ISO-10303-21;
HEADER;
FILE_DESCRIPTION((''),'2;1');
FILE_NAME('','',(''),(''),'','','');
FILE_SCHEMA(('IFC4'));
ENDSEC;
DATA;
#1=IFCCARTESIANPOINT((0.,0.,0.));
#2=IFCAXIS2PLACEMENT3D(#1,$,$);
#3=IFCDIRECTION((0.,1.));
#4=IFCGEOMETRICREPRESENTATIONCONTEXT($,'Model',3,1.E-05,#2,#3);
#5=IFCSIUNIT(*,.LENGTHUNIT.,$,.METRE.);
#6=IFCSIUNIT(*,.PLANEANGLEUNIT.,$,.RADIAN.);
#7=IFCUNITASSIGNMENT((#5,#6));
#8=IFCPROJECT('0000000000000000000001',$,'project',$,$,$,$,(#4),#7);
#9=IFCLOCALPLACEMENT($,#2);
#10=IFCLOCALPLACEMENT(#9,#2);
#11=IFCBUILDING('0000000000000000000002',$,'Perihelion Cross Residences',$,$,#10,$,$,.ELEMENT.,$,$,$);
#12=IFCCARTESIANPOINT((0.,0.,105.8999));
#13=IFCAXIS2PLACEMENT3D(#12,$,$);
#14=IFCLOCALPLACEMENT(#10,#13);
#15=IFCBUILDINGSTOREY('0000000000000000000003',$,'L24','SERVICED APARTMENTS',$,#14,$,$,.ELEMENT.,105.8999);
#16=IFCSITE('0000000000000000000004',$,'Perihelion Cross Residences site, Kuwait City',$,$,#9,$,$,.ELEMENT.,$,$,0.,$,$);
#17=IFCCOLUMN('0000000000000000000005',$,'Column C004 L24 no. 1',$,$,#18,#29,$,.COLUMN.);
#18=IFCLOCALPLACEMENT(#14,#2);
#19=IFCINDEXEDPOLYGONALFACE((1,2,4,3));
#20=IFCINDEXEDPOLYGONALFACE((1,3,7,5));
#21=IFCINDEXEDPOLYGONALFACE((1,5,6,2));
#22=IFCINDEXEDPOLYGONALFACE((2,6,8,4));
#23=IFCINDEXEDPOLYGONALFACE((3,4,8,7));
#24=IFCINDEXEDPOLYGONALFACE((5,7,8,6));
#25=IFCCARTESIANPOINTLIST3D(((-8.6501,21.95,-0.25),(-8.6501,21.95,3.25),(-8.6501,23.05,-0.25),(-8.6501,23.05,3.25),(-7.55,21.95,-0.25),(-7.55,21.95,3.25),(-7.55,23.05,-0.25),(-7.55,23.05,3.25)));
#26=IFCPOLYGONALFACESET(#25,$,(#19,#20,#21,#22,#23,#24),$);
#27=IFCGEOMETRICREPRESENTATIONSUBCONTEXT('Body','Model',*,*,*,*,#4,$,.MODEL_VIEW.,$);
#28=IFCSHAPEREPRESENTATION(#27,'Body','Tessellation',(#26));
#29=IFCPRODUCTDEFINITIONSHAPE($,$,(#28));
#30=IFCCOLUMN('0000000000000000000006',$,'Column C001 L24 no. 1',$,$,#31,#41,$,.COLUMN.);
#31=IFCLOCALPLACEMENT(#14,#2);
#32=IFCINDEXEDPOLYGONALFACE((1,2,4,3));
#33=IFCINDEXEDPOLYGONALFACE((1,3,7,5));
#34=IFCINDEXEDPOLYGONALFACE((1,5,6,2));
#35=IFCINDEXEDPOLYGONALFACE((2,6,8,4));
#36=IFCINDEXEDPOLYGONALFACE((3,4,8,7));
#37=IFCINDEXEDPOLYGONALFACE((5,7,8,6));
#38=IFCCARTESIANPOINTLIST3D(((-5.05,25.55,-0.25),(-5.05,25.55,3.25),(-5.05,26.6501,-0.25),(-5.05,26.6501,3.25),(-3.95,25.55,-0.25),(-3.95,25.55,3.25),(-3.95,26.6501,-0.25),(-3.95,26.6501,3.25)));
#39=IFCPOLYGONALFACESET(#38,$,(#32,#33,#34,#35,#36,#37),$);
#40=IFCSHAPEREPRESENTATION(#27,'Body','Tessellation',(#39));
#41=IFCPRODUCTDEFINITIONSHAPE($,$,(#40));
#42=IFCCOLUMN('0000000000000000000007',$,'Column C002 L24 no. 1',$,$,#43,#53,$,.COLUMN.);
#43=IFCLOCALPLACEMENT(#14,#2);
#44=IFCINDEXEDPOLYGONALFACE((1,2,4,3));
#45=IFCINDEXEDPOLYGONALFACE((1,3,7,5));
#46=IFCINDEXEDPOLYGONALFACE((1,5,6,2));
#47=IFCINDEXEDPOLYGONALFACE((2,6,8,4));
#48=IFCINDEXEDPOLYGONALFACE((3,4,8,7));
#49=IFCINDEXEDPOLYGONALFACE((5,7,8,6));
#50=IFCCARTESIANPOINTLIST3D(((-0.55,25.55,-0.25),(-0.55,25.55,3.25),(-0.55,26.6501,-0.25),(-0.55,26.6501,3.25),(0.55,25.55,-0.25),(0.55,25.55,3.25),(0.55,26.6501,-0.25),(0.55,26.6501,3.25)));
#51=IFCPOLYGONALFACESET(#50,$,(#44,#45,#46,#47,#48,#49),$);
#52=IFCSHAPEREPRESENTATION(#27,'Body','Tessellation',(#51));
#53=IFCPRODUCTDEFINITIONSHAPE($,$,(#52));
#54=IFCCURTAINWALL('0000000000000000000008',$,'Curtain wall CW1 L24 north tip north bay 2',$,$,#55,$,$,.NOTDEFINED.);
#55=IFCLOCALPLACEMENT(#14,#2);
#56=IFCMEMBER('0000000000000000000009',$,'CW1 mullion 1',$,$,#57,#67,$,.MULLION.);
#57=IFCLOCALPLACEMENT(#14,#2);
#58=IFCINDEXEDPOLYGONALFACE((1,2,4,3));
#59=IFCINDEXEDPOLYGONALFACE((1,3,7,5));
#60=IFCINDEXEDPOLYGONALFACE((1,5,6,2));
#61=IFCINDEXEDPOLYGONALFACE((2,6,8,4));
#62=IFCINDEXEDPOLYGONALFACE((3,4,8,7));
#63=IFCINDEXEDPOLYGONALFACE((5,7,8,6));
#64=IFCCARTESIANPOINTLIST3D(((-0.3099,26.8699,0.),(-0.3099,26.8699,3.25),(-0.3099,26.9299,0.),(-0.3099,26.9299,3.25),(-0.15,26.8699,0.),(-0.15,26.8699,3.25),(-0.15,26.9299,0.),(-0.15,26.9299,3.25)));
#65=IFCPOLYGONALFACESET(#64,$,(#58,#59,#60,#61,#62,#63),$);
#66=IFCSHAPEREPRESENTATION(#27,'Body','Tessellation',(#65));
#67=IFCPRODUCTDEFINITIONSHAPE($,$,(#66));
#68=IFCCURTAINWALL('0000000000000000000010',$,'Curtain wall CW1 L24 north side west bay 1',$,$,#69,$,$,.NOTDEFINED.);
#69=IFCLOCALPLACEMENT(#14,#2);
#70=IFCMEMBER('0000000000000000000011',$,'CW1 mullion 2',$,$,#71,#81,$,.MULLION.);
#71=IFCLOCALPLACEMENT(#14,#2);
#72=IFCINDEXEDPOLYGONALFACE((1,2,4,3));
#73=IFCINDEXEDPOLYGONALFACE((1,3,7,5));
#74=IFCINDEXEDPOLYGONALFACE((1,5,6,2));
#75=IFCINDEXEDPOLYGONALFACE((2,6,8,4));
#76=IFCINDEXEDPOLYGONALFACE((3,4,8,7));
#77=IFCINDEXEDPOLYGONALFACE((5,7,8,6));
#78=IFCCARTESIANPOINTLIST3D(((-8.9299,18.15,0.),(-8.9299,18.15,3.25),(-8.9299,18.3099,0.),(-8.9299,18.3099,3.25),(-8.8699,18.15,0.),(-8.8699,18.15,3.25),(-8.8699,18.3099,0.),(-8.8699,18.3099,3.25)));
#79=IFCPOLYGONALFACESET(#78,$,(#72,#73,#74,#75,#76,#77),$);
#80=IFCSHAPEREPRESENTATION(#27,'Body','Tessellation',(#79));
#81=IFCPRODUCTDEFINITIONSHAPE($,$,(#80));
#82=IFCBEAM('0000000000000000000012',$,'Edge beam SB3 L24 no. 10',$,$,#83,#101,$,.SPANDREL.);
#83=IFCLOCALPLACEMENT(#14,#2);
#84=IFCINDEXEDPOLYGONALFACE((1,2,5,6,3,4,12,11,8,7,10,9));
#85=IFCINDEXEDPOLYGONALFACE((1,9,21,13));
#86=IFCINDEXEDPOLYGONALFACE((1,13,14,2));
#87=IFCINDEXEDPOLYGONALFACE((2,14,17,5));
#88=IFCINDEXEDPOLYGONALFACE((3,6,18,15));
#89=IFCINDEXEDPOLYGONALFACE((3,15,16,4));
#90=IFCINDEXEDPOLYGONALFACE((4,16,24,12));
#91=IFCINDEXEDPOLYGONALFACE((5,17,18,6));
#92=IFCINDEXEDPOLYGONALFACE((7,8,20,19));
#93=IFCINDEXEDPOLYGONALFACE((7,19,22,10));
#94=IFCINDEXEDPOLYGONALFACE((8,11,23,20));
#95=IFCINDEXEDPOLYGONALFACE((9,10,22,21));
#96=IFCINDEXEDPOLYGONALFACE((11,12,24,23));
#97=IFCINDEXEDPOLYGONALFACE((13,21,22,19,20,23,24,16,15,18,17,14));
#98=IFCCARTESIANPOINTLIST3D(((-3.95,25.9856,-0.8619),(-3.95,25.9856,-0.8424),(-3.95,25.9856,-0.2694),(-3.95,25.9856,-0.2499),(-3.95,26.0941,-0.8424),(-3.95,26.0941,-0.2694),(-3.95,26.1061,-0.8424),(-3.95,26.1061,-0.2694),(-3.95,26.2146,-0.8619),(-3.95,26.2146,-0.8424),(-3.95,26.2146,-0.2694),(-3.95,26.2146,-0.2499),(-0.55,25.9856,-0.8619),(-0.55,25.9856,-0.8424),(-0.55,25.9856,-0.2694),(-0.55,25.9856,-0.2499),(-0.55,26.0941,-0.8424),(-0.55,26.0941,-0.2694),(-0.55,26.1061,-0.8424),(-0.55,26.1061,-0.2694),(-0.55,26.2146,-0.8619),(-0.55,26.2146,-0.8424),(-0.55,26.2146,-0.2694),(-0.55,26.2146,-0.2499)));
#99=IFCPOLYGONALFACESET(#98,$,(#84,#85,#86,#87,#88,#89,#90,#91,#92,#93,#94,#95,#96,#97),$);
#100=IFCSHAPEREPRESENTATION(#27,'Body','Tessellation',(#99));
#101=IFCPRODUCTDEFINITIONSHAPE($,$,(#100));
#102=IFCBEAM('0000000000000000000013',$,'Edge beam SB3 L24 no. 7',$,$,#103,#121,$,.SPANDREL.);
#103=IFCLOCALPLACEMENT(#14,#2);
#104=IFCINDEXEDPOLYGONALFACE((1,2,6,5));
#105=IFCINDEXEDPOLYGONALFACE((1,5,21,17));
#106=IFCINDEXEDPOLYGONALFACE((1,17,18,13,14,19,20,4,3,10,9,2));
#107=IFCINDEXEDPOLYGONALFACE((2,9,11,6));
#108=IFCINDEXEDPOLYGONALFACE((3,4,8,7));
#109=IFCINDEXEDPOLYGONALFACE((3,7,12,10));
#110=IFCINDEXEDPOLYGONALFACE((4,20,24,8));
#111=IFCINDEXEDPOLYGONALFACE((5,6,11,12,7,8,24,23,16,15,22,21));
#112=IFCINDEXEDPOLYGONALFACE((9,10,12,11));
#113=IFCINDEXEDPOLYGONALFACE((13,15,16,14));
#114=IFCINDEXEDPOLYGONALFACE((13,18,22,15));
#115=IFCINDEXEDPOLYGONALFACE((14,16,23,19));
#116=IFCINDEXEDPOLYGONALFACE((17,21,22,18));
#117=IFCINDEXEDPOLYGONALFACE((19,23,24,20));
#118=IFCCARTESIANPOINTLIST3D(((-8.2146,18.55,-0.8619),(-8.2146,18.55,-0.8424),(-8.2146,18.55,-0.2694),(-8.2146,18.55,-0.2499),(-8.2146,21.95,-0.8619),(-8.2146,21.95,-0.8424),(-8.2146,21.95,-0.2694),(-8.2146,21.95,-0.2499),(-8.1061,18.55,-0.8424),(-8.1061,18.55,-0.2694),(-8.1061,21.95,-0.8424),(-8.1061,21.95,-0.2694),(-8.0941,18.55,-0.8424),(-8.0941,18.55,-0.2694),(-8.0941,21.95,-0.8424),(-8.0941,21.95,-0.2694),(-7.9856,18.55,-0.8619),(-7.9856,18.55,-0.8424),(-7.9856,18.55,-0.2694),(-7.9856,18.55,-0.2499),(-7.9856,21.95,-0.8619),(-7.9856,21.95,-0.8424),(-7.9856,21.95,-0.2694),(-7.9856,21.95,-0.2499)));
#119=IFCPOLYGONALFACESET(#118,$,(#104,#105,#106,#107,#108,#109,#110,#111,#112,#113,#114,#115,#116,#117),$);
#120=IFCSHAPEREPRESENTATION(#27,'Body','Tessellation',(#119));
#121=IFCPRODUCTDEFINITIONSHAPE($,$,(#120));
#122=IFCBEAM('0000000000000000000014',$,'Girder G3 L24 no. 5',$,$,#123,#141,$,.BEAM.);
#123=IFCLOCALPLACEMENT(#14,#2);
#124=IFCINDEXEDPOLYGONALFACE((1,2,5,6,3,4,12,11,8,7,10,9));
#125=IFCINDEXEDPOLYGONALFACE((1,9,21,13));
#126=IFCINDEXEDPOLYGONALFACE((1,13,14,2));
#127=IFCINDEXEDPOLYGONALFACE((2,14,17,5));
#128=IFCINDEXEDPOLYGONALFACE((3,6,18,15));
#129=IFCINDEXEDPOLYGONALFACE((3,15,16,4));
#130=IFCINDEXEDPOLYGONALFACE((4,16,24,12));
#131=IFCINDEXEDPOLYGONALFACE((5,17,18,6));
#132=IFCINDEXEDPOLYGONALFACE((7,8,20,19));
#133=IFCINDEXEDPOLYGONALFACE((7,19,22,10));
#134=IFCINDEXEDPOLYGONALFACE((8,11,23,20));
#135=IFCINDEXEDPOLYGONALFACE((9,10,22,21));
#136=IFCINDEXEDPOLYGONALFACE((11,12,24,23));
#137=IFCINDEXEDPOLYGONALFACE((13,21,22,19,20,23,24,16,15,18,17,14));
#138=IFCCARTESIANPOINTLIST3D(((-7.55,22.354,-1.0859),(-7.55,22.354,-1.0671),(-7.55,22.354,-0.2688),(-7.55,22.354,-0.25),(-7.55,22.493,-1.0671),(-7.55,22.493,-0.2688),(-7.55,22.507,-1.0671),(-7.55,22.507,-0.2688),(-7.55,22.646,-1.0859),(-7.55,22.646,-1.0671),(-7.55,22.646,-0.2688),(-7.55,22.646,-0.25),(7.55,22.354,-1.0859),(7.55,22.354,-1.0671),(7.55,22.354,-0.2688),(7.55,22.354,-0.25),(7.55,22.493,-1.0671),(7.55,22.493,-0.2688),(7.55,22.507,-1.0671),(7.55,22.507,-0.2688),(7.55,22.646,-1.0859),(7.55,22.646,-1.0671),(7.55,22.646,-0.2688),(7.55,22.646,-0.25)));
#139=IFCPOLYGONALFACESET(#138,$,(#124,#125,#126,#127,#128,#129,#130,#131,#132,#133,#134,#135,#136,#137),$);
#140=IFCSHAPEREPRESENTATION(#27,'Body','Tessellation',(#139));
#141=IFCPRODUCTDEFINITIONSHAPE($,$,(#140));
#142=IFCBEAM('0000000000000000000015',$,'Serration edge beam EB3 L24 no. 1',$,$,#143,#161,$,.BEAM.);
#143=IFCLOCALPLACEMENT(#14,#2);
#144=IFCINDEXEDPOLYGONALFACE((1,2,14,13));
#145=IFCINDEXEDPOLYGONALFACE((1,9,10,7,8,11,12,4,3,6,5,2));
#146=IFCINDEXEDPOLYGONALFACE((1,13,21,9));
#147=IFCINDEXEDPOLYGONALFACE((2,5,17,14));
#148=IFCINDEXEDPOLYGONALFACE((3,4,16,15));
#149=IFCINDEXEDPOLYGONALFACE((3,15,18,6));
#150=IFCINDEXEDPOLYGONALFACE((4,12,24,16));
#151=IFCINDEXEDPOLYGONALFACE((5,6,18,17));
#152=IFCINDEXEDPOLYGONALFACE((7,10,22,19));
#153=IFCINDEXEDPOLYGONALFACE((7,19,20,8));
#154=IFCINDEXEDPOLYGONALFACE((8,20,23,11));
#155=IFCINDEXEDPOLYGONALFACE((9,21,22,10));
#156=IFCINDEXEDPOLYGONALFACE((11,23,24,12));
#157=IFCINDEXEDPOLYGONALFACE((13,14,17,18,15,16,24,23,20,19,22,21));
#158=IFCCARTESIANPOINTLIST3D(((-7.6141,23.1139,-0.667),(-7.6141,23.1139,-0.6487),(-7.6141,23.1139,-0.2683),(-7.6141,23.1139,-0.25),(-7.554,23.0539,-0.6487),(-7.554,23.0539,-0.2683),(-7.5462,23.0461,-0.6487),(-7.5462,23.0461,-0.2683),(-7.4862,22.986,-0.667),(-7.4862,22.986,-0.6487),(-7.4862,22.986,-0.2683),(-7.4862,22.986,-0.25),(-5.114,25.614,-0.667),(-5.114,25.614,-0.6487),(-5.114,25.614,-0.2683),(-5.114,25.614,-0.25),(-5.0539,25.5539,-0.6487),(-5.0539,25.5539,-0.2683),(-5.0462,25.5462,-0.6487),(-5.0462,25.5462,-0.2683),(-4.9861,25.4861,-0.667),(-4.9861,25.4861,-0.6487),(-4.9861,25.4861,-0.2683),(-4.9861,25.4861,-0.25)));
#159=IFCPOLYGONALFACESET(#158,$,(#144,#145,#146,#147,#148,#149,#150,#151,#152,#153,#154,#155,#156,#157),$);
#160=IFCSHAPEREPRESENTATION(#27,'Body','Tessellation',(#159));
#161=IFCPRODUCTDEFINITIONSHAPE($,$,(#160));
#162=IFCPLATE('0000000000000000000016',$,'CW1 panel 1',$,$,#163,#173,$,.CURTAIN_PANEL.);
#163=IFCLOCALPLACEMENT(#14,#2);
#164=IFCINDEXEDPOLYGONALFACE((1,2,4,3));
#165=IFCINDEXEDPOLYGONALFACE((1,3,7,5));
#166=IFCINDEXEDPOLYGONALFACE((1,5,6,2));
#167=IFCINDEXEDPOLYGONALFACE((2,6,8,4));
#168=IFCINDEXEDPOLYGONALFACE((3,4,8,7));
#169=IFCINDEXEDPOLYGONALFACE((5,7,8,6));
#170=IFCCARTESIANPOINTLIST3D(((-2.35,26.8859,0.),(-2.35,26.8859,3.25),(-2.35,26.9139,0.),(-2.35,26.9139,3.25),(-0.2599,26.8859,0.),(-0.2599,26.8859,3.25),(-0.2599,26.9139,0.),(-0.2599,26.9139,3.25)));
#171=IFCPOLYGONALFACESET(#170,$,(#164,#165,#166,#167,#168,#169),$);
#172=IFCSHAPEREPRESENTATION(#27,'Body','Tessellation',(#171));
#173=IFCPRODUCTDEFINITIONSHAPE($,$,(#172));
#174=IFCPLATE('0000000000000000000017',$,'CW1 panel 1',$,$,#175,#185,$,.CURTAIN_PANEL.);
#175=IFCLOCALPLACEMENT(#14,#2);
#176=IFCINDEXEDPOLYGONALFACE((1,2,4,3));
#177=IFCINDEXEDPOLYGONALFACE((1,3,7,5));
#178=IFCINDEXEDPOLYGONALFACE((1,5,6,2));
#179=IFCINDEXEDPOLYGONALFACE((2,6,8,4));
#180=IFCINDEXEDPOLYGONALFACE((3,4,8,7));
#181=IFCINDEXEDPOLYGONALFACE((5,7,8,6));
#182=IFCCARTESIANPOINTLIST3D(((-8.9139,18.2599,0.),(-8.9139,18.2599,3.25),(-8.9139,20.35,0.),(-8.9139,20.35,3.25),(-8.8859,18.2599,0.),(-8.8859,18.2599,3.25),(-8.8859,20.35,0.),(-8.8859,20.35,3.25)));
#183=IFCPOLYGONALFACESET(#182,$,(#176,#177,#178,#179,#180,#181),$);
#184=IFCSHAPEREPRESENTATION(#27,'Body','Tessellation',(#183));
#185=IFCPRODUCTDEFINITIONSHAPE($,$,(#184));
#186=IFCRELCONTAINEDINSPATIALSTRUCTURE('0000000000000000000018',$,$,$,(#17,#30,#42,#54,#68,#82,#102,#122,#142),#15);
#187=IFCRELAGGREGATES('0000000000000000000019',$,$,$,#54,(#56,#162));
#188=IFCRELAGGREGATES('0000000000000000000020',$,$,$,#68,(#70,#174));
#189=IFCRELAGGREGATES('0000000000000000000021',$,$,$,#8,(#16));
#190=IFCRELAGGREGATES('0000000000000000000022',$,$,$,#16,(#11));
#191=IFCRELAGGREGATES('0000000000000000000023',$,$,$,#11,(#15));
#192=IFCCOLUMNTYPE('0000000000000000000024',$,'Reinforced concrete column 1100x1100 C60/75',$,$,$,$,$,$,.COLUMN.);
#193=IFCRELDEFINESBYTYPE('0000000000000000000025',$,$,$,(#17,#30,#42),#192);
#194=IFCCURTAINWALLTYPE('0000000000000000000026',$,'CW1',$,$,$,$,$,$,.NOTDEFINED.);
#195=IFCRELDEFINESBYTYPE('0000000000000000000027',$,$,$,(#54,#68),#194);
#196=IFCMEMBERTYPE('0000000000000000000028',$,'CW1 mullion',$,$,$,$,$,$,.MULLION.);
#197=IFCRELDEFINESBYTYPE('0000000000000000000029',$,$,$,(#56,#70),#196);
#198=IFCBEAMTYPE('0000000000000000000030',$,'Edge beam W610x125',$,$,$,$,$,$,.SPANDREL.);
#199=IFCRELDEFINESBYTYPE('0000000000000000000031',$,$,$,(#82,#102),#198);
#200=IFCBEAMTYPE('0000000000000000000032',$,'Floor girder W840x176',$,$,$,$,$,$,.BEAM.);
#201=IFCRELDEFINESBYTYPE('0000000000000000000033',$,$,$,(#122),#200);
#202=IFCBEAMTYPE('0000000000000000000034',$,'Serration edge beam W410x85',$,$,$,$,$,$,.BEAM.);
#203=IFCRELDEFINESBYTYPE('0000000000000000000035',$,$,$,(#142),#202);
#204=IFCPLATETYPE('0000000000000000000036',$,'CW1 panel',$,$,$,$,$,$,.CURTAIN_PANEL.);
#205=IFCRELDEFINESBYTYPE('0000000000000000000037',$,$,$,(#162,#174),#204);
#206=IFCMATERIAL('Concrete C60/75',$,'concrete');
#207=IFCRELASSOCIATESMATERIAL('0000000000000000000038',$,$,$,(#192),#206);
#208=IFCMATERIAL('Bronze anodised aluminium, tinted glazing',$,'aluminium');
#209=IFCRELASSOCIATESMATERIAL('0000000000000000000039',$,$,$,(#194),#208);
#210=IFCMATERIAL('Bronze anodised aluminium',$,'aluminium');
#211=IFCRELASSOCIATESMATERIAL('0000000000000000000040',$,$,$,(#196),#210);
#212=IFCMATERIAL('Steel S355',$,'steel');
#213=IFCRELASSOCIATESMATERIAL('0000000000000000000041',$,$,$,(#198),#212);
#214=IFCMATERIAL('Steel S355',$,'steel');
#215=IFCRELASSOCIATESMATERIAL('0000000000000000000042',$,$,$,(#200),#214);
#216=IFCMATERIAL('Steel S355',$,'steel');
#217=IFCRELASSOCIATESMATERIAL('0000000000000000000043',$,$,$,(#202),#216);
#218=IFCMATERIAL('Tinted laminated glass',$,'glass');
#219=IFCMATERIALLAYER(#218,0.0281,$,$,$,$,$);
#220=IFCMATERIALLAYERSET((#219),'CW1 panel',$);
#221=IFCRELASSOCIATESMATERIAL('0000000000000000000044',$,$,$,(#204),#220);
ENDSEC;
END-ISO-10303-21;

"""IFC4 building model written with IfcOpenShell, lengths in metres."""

from ifc_helpers import new_model, si_unit, direction, frame, origin, origin_2d, place, context, subcontext, project, spatial, rectangle, i_section, extrude, material, layer, layer_set, material_profile, profile_set, type_object, element, aggregate, save


model = new_model("IFC4")

# Units and contexts
model_context = context("Model", 3, precision=1e-05, world=origin(), true_north=direction((0.0, 1.0)))
body_context = subcontext(model_context, "Body", "Model", "MODEL_VIEW")
ifc_project = project(units=[si_unit("LENGTHUNIT", "METRE"), si_unit("PLANEANGLEUNIT", "RADIAN")], contexts=[model_context])

# Site, building, storey
site_placement = place(None, origin())
site = spatial("IfcSite", under=ifc_project, at=site_placement, Name="Perihelion Cross Residences site, Kuwait City", CompositionType="ELEMENT", RefElevation=0.0)
building_placement = place(site_placement, origin())
building = spatial("IfcBuilding", under=site, at=building_placement, Name="Perihelion Cross Residences", CompositionType="ELEMENT")
storey_placement = place(building_placement, frame((0.0, 0.0, 105.8999)))
storey = spatial("IfcBuildingStorey", under=building, at=storey_placement, Name="L24", Description="SERVICED APARTMENTS", CompositionType="ELEMENT", Elevation=105.8999)

# Columns
ifc_material_1 = material(Name="Concrete C60/75", Category="concrete")
ifc_material_profile_1 = material_profile(ifc_material_1, rectangle(XDim=1.1001, YDim=1.1001, at=origin_2d()), Name="RC 1100x1100")
ifc_profile_set_1 = profile_set([ifc_material_profile_1], Name="Concrete C60/75")
column_type = type_object("IfcColumnType", Name="Reinforced concrete column 1100x1100 C60/75", PredefinedType="COLUMN", material=ifc_profile_set_1)
for number, where, z_axis, x_axis, name in (
    (1, (-8.1001, 22.5, -0.25), (0.0, 0.0, 1.0), (1.0, 0.0, 0.0), "Column C004 L24 no. 1"),
    (2, (-4.5, 26.1001, -0.25), (0.0, 0.0, 1.0), (1.0, 0.0, 0.0), "Column C001 L24 no. 1"),
    (3, (0.0, 26.1001, -0.25), (0.0, 0.0, 1.0), (1.0, 0.0, 0.0), "Column C002 L24 no. 1"),
):
    element("IfcColumn", number, at=place(storey_placement, frame(where, z_axis=z_axis, x_axis=x_axis)), inside=storey, type_object=column_type, Name=name, PredefinedType="COLUMN", context=body_context, shape_type="SweptSolid", body=[
        extrude(rectangle(XDim=1.1001, YDim=1.1001, at=origin_2d()), origin(), (0.0, 0.0, 1.0), 3.5),
    ])

# Curtain walls, members
ifc_material_2 = material(Name="Bronze anodised aluminium, tinted glazing", Category="aluminium")
curtain_wall_type = type_object("IfcCurtainWallType", Name="CW1", PredefinedType="NOTDEFINED", material=ifc_material_2)
curtain_wall_1_placement = place(storey_placement, origin())
curtain_wall_1 = element("IfcCurtainWall", 4, at=curtain_wall_1_placement, inside=storey, type_object=curtain_wall_type, Name="Curtain wall CW1 L24 north tip north bay 2", PredefinedType="NOTDEFINED")
ifc_material_3 = material(Name="Bronze anodised aluminium", Category="aluminium")
ifc_material_profile_2 = material_profile(ifc_material_3, rectangle(XDim=0.0601, YDim=0.1599, at=origin_2d()), Name="CW1 mullion")
ifc_profile_set_2 = profile_set([ifc_material_profile_2], Name="Bronze anodised aluminium")
member_type = type_object("IfcMemberType", Name="CW1 mullion", PredefinedType="MULLION", material=ifc_profile_set_2)
member_1_placement = place(storey_placement, frame((-0.23, 26.8999, 0.0), z_axis=(0.0, 0.0, 1.0), x_axis=(0.0, -1.0, 0.0)))
member_1 = element("IfcMember", 5, at=member_1_placement, type_object=member_type, Name="CW1 mullion 1", PredefinedType="MULLION", context=body_context, shape_type="SweptSolid", body=[
    extrude(rectangle(XDim=0.0601, YDim=0.1599, at=origin_2d()), origin(), (0.0, 0.0, 1.0), 3.25),
])
curtain_wall_2_placement = place(storey_placement, origin())
curtain_wall_2 = element("IfcCurtainWall", 6, at=curtain_wall_2_placement, inside=storey, type_object=curtain_wall_type, Name="Curtain wall CW1 L24 north side west bay 1", PredefinedType="NOTDEFINED")
member_2_placement = place(storey_placement, frame((-8.8999, 18.23, 0.0), z_axis=(0.0, 0.0, 1.0), x_axis=(1.0, 0.0, 0.0)))
member_2 = element("IfcMember", 7, at=member_2_placement, type_object=member_type, Name="CW1 mullion 2", PredefinedType="MULLION", context=body_context, shape_type="SweptSolid", body=[
    extrude(rectangle(XDim=0.0601, YDim=0.1599, at=origin_2d()), origin(), (0.0, 0.0, 1.0), 3.25),
])

# Beams
ifc_material_4 = material(Name="Steel S355", Category="steel")
ifc_material_profile_3 = material_profile(ifc_material_4, i_section(OverallWidth=0.229, OverallDepth=0.6121, WebThickness=0.012, FlangeThickness=0.0195, at=origin_2d()), Name="W610x125")
ifc_profile_set_3 = profile_set([ifc_material_profile_3], Name="Steel S355")
beam_type_1 = type_object("IfcBeamType", Name="Edge beam W610x125", PredefinedType="SPANDREL", material=ifc_profile_set_3)
for number, where, z_axis, x_axis, name in (
    (8, (-0.55, 26.1001, -0.5559), (-1.0, 0.0, 0.0), (0.0, -1.0, 0.0), "Edge beam SB3 L24 no. 10"),
    (9, (-8.1001, 21.95, -0.5559), (0.0, -1.0, 0.0), (1.0, 0.0, 0.0), "Edge beam SB3 L24 no. 7"),
):
    element("IfcBeam", number, at=place(storey_placement, frame(where, z_axis=z_axis, x_axis=x_axis)), inside=storey, type_object=beam_type_1, Name=name, PredefinedType="SPANDREL", context=body_context, shape_type="SweptSolid", body=[
        extrude(i_section(OverallWidth=0.229, OverallDepth=0.6121, WebThickness=0.012, FlangeThickness=0.0195, at=origin_2d()), origin(), (0.0, 0.0, 1.0), 3.3999),
    ])
ifc_material_5 = material(Name="Steel S355", Category="steel")
ifc_material_profile_4 = material_profile(ifc_material_5, i_section(OverallWidth=0.292, OverallDepth=0.8359, WebThickness=0.0139, FlangeThickness=0.0188, at=origin_2d()), Name="W840x176")
ifc_profile_set_4 = profile_set([ifc_material_profile_4], Name="Steel S355")
beam_type_2 = type_object("IfcBeamType", Name="Floor girder W840x176", PredefinedType="BEAM", material=ifc_profile_set_4)
beam_1_placement = place(storey_placement, frame((-7.55, 22.5, -0.668), z_axis=(1.0, 0.0, 0.0), x_axis=(0.0, 1.0, 0.0)))
element("IfcBeam", 10, at=beam_1_placement, inside=storey, type_object=beam_type_2, Name="Girder G3 L24 no. 5", PredefinedType="BEAM", context=body_context, shape_type="SweptSolid", body=[
    extrude(i_section(OverallWidth=0.292, OverallDepth=0.8359, WebThickness=0.0139, FlangeThickness=0.0188, at=origin_2d()), origin(), (0.0, 0.0, 1.0), 15.1001),
])
ifc_material_6 = material(Name="Steel S355", Category="steel")
ifc_material_profile_5 = material_profile(ifc_material_6, i_section(OverallWidth=0.1809, OverallDepth=0.417, WebThickness=0.011, FlangeThickness=0.0183, at=origin_2d()), Name="W410x85")
ifc_profile_set_5 = profile_set([ifc_material_profile_5], Name="Steel S355")
beam_type_3 = type_object("IfcBeamType", Name="Serration edge beam W410x85", PredefinedType="BEAM", material=ifc_profile_set_5)
beam_2_placement = place(storey_placement, frame((-5.05, 25.55, -0.4585), z_axis=(-0.707107, -0.707107, 0.0), x_axis=(0.707107, -0.707107, 0.0)))
element("IfcBeam", 11, at=beam_2_placement, inside=storey, type_object=beam_type_3, Name="Serration edge beam EB3 L24 no. 1", PredefinedType="BEAM", context=body_context, shape_type="SweptSolid", body=[
    extrude(i_section(OverallWidth=0.1809, OverallDepth=0.417, WebThickness=0.011, FlangeThickness=0.0183, at=origin_2d()), origin(), (0.0, 0.0, 1.0), 3.5356),
])

# Plates
ifc_material_7 = material(Name="Tinted laminated glass", Category="glass")
ifc_layer_1 = layer(ifc_material_7, 0.0281)
ifc_layer_set_1 = layer_set([ifc_layer_1], Name="CW1 panel")
plate_type = type_object("IfcPlateType", Name="CW1 panel", PredefinedType="CURTAIN_PANEL", material=ifc_layer_set_1)
plate_1_placement = place(storey_placement, frame((-1.3049, 26.8999, 0.0), z_axis=(0.0, 0.0, 1.0), x_axis=(-1.0, 0.0, 0.0)))
plate_1 = element("IfcPlate", 12, at=plate_1_placement, type_object=plate_type, Name="CW1 panel 1", PredefinedType="CURTAIN_PANEL", context=body_context, shape_type="SweptSolid", body=[
    extrude(rectangle(XDim=2.0901, YDim=0.0281, at=origin_2d()), origin(), (0.0, 0.0, 1.0), 3.25),
])
aggregate(curtain_wall_1, [member_1, plate_1])
plate_2_placement = place(storey_placement, frame((-8.8999, 19.3049, 0.0), z_axis=(0.0, 0.0, 1.0), x_axis=(0.0, -1.0, 0.0)))
plate_2 = element("IfcPlate", 13, at=plate_2_placement, type_object=plate_type, Name="CW1 panel 1", PredefinedType="CURTAIN_PANEL", context=body_context, shape_type="SweptSolid", body=[
    extrude(rectangle(XDim=2.0901, YDim=0.0281, at=origin_2d()), origin(), (0.0, 0.0, 1.0), 3.25),
])
aggregate(curtain_wall_2, [member_2, plate_2])

save(model, "model.ifc")
